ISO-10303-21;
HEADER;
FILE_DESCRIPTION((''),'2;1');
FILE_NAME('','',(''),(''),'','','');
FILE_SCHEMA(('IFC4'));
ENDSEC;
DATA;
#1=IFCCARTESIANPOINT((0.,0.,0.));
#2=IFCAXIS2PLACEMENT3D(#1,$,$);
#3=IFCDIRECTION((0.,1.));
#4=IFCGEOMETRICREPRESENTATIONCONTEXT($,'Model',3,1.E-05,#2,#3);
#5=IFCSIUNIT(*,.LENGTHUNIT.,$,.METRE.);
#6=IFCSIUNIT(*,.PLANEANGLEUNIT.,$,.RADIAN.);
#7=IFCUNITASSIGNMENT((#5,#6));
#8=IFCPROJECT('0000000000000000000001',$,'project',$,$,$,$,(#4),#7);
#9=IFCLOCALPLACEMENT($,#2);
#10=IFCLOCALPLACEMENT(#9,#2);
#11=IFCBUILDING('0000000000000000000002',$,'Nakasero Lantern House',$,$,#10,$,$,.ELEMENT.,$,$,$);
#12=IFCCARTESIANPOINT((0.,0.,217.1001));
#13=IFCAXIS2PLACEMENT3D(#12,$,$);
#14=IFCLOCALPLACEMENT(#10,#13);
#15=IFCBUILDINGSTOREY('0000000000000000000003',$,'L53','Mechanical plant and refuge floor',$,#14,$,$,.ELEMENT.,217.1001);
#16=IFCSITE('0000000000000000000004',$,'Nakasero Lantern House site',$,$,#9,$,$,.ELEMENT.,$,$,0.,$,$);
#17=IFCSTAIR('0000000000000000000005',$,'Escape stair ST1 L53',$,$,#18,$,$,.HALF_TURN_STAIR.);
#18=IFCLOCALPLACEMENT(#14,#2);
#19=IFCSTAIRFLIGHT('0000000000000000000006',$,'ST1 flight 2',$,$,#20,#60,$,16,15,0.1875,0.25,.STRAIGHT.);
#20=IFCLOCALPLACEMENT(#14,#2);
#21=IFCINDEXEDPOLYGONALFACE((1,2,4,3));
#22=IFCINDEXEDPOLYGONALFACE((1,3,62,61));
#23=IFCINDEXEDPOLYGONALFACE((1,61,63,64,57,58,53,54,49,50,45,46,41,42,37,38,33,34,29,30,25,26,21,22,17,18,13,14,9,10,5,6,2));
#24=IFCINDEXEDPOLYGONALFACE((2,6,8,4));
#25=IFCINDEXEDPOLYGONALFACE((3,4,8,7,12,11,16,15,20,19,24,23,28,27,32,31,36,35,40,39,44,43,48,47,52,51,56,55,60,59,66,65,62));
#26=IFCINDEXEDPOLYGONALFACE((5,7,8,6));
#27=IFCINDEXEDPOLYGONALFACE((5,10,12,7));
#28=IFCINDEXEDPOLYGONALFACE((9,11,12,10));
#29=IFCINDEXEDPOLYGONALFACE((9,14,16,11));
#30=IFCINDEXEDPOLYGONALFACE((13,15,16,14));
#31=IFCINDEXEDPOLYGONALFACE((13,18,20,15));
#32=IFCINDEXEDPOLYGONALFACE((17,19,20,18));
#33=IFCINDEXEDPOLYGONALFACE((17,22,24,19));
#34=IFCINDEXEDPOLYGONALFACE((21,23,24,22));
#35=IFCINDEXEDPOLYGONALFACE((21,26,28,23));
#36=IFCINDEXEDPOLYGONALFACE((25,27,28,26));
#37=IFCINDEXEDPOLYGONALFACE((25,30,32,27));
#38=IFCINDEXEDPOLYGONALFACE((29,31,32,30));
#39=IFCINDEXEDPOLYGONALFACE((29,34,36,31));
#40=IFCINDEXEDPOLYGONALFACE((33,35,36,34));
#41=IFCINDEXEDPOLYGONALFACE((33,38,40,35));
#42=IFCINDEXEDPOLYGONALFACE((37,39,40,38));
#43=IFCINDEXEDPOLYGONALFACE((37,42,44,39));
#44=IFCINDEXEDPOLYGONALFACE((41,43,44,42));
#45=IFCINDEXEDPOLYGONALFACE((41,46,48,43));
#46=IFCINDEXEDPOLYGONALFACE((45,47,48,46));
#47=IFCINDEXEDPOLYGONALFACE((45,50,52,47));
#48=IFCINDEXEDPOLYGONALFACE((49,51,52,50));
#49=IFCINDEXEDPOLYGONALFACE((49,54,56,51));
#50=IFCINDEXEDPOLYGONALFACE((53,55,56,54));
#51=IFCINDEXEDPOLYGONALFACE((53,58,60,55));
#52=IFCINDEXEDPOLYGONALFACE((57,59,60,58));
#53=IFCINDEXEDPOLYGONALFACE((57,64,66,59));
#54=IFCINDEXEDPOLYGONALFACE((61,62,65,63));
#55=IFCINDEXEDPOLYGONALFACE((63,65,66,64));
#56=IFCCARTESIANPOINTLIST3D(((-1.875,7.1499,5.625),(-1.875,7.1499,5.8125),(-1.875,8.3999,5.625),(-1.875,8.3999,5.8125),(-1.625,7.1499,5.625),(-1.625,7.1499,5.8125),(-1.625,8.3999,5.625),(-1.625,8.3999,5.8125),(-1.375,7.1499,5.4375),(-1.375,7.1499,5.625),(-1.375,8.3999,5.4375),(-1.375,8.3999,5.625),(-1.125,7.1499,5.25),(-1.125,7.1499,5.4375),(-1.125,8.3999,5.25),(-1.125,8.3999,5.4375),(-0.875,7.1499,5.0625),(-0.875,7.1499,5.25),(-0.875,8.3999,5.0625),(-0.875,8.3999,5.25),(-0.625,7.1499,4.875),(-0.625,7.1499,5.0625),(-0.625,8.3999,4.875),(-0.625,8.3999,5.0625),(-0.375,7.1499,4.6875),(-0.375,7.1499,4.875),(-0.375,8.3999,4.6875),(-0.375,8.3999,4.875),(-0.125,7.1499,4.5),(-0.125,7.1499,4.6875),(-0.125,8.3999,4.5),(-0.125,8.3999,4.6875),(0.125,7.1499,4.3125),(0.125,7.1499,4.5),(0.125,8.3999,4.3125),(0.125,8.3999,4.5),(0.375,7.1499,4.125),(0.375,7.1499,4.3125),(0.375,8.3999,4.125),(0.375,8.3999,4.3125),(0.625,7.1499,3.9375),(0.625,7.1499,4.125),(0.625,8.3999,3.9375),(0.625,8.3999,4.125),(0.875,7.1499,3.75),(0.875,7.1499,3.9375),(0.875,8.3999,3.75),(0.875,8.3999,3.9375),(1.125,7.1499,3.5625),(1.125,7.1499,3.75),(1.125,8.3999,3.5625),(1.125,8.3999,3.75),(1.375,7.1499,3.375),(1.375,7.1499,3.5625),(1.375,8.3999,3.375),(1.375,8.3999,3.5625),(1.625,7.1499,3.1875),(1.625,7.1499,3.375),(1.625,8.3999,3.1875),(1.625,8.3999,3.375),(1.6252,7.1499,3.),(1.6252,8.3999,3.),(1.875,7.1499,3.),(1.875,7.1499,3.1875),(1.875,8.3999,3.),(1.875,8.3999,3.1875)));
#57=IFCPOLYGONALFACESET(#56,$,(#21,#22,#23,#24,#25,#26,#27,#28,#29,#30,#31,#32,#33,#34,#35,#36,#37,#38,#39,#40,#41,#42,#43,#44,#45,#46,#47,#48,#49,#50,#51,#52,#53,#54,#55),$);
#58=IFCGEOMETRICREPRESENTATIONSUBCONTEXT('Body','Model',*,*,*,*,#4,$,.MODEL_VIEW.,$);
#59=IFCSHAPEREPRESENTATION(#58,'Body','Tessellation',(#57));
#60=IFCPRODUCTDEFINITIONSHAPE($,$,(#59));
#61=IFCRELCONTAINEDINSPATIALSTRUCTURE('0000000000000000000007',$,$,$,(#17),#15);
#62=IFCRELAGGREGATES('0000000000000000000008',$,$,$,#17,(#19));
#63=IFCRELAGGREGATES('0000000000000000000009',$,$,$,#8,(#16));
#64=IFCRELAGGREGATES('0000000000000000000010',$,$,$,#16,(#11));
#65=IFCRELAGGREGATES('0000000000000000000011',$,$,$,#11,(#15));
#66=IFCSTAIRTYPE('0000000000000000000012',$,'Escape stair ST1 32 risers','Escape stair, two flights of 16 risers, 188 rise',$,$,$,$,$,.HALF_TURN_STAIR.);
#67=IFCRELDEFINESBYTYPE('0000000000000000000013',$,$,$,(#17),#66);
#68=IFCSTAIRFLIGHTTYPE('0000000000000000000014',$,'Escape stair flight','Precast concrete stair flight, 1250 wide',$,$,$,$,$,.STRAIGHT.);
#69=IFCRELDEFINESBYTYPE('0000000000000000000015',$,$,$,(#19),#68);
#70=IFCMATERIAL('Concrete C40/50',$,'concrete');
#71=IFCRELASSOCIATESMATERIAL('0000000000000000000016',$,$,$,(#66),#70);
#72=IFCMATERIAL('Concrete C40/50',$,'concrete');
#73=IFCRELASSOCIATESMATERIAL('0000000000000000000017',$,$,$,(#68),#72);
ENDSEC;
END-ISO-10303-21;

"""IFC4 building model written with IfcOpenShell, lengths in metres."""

from ifc_helpers import new_model, si_unit, direction, frame, origin, place, context, subcontext, project, spatial, polyline, outline, extrude, material, type_object, element, aggregate, save


model = new_model("IFC4")

# Units and contexts
model_context = context("Model", 3, precision=1e-05, world=origin(), true_north=direction((0.0, 1.0)))
body_context = subcontext(model_context, "Body", "Model", "MODEL_VIEW")
ifc_project = project(units=[si_unit("LENGTHUNIT", "METRE"), si_unit("PLANEANGLEUNIT", "RADIAN")], contexts=[model_context])

# Site, building, storey
site_placement = place(None, origin())
site = spatial("IfcSite", under=ifc_project, at=site_placement, Name="Nakasero Lantern House site", CompositionType="ELEMENT", RefElevation=0.0)
building_placement = place(site_placement, origin())
building = spatial("IfcBuilding", under=site, at=building_placement, Name="Nakasero Lantern House", CompositionType="ELEMENT")
storey_placement = place(building_placement, frame((0.0, 0.0, 217.1001)))
storey = spatial("IfcBuildingStorey", under=building, at=storey_placement, Name="L53", Description="Mechanical plant and refuge floor", CompositionType="ELEMENT", Elevation=217.1001)

# Stair, stair flight
ifc_material_1 = material(Name="Concrete C40/50", Category="concrete")
stair_type_1 = type_object("IfcStairType", Name="Escape stair ST1 32 risers", Description="Escape stair, two flights of 16 risers, 188 rise", PredefinedType="HALF_TURN_STAIR", material=ifc_material_1)
stair_1_placement = place(storey_placement, origin())
stair_1 = element("IfcStair", 1, at=stair_1_placement, inside=storey, type_object=stair_type_1, Name="Escape stair ST1 L53", PredefinedType="HALF_TURN_STAIR")
ifc_material_2 = material(Name="Concrete C40/50", Category="concrete")
stair_flight_type = type_object("IfcStairFlightType", Name="Escape stair flight", Description="Precast concrete stair flight, 1250 wide", PredefinedType="STRAIGHT", material=ifc_material_2)
stair_flight_placement = place(storey_placement, frame((1.875, 7.7749, 3.0), z_axis=(0.0, 0.0, 1.0), x_axis=(-1.0, 0.0, 0.0)))
stair_flight = element("IfcStairFlight", 2, at=stair_flight_placement, type_object=stair_flight_type, Name="ST1 flight 2", NumberOfRisers=16, NumberOfTreads=15, PredefinedType="STRAIGHT", RiserHeight=0.1875, TreadLength=0.25, context=body_context, shape_type="SweptSolid", body=[
    extrude(outline(polyline([(0.0, 0.0), (0.0, 0.1875), (0.25, 0.1875), (0.25, 0.375), (0.5, 0.375), (0.5, 0.5625), (0.75, 0.5625), (0.75, 0.75), (1.0, 0.75), (1.0, 0.9375), (1.25, 0.9375), (1.25, 1.125), (1.5, 1.125), (1.5, 1.3125), (1.75, 1.3125), (1.75, 1.5), (2.0, 1.5), (2.0, 1.6875), (2.25, 1.6875), (2.25, 1.875), (2.5, 1.875), (2.5, 2.0625), (2.75, 2.0625), (2.75, 2.25), (3.0, 2.25), (3.0, 2.4375), (3.25, 2.4375), (3.25, 2.625), (3.5, 2.625), (3.5, 2.8125), (3.75, 2.8125), (3.75, 3.0), (3.75, 2.625), (0.2498, 0.0), (0.0, 0.0)])), frame((0.0, 0.625, 0.0), z_axis=(0.0, -1.0, 0.0), x_axis=(1.0, 0.0, 0.0)), (0.0, 0.0, 1.0), 1.25),
])
aggregate(stair_1, [stair_flight])

save(model, "model.ifc")
